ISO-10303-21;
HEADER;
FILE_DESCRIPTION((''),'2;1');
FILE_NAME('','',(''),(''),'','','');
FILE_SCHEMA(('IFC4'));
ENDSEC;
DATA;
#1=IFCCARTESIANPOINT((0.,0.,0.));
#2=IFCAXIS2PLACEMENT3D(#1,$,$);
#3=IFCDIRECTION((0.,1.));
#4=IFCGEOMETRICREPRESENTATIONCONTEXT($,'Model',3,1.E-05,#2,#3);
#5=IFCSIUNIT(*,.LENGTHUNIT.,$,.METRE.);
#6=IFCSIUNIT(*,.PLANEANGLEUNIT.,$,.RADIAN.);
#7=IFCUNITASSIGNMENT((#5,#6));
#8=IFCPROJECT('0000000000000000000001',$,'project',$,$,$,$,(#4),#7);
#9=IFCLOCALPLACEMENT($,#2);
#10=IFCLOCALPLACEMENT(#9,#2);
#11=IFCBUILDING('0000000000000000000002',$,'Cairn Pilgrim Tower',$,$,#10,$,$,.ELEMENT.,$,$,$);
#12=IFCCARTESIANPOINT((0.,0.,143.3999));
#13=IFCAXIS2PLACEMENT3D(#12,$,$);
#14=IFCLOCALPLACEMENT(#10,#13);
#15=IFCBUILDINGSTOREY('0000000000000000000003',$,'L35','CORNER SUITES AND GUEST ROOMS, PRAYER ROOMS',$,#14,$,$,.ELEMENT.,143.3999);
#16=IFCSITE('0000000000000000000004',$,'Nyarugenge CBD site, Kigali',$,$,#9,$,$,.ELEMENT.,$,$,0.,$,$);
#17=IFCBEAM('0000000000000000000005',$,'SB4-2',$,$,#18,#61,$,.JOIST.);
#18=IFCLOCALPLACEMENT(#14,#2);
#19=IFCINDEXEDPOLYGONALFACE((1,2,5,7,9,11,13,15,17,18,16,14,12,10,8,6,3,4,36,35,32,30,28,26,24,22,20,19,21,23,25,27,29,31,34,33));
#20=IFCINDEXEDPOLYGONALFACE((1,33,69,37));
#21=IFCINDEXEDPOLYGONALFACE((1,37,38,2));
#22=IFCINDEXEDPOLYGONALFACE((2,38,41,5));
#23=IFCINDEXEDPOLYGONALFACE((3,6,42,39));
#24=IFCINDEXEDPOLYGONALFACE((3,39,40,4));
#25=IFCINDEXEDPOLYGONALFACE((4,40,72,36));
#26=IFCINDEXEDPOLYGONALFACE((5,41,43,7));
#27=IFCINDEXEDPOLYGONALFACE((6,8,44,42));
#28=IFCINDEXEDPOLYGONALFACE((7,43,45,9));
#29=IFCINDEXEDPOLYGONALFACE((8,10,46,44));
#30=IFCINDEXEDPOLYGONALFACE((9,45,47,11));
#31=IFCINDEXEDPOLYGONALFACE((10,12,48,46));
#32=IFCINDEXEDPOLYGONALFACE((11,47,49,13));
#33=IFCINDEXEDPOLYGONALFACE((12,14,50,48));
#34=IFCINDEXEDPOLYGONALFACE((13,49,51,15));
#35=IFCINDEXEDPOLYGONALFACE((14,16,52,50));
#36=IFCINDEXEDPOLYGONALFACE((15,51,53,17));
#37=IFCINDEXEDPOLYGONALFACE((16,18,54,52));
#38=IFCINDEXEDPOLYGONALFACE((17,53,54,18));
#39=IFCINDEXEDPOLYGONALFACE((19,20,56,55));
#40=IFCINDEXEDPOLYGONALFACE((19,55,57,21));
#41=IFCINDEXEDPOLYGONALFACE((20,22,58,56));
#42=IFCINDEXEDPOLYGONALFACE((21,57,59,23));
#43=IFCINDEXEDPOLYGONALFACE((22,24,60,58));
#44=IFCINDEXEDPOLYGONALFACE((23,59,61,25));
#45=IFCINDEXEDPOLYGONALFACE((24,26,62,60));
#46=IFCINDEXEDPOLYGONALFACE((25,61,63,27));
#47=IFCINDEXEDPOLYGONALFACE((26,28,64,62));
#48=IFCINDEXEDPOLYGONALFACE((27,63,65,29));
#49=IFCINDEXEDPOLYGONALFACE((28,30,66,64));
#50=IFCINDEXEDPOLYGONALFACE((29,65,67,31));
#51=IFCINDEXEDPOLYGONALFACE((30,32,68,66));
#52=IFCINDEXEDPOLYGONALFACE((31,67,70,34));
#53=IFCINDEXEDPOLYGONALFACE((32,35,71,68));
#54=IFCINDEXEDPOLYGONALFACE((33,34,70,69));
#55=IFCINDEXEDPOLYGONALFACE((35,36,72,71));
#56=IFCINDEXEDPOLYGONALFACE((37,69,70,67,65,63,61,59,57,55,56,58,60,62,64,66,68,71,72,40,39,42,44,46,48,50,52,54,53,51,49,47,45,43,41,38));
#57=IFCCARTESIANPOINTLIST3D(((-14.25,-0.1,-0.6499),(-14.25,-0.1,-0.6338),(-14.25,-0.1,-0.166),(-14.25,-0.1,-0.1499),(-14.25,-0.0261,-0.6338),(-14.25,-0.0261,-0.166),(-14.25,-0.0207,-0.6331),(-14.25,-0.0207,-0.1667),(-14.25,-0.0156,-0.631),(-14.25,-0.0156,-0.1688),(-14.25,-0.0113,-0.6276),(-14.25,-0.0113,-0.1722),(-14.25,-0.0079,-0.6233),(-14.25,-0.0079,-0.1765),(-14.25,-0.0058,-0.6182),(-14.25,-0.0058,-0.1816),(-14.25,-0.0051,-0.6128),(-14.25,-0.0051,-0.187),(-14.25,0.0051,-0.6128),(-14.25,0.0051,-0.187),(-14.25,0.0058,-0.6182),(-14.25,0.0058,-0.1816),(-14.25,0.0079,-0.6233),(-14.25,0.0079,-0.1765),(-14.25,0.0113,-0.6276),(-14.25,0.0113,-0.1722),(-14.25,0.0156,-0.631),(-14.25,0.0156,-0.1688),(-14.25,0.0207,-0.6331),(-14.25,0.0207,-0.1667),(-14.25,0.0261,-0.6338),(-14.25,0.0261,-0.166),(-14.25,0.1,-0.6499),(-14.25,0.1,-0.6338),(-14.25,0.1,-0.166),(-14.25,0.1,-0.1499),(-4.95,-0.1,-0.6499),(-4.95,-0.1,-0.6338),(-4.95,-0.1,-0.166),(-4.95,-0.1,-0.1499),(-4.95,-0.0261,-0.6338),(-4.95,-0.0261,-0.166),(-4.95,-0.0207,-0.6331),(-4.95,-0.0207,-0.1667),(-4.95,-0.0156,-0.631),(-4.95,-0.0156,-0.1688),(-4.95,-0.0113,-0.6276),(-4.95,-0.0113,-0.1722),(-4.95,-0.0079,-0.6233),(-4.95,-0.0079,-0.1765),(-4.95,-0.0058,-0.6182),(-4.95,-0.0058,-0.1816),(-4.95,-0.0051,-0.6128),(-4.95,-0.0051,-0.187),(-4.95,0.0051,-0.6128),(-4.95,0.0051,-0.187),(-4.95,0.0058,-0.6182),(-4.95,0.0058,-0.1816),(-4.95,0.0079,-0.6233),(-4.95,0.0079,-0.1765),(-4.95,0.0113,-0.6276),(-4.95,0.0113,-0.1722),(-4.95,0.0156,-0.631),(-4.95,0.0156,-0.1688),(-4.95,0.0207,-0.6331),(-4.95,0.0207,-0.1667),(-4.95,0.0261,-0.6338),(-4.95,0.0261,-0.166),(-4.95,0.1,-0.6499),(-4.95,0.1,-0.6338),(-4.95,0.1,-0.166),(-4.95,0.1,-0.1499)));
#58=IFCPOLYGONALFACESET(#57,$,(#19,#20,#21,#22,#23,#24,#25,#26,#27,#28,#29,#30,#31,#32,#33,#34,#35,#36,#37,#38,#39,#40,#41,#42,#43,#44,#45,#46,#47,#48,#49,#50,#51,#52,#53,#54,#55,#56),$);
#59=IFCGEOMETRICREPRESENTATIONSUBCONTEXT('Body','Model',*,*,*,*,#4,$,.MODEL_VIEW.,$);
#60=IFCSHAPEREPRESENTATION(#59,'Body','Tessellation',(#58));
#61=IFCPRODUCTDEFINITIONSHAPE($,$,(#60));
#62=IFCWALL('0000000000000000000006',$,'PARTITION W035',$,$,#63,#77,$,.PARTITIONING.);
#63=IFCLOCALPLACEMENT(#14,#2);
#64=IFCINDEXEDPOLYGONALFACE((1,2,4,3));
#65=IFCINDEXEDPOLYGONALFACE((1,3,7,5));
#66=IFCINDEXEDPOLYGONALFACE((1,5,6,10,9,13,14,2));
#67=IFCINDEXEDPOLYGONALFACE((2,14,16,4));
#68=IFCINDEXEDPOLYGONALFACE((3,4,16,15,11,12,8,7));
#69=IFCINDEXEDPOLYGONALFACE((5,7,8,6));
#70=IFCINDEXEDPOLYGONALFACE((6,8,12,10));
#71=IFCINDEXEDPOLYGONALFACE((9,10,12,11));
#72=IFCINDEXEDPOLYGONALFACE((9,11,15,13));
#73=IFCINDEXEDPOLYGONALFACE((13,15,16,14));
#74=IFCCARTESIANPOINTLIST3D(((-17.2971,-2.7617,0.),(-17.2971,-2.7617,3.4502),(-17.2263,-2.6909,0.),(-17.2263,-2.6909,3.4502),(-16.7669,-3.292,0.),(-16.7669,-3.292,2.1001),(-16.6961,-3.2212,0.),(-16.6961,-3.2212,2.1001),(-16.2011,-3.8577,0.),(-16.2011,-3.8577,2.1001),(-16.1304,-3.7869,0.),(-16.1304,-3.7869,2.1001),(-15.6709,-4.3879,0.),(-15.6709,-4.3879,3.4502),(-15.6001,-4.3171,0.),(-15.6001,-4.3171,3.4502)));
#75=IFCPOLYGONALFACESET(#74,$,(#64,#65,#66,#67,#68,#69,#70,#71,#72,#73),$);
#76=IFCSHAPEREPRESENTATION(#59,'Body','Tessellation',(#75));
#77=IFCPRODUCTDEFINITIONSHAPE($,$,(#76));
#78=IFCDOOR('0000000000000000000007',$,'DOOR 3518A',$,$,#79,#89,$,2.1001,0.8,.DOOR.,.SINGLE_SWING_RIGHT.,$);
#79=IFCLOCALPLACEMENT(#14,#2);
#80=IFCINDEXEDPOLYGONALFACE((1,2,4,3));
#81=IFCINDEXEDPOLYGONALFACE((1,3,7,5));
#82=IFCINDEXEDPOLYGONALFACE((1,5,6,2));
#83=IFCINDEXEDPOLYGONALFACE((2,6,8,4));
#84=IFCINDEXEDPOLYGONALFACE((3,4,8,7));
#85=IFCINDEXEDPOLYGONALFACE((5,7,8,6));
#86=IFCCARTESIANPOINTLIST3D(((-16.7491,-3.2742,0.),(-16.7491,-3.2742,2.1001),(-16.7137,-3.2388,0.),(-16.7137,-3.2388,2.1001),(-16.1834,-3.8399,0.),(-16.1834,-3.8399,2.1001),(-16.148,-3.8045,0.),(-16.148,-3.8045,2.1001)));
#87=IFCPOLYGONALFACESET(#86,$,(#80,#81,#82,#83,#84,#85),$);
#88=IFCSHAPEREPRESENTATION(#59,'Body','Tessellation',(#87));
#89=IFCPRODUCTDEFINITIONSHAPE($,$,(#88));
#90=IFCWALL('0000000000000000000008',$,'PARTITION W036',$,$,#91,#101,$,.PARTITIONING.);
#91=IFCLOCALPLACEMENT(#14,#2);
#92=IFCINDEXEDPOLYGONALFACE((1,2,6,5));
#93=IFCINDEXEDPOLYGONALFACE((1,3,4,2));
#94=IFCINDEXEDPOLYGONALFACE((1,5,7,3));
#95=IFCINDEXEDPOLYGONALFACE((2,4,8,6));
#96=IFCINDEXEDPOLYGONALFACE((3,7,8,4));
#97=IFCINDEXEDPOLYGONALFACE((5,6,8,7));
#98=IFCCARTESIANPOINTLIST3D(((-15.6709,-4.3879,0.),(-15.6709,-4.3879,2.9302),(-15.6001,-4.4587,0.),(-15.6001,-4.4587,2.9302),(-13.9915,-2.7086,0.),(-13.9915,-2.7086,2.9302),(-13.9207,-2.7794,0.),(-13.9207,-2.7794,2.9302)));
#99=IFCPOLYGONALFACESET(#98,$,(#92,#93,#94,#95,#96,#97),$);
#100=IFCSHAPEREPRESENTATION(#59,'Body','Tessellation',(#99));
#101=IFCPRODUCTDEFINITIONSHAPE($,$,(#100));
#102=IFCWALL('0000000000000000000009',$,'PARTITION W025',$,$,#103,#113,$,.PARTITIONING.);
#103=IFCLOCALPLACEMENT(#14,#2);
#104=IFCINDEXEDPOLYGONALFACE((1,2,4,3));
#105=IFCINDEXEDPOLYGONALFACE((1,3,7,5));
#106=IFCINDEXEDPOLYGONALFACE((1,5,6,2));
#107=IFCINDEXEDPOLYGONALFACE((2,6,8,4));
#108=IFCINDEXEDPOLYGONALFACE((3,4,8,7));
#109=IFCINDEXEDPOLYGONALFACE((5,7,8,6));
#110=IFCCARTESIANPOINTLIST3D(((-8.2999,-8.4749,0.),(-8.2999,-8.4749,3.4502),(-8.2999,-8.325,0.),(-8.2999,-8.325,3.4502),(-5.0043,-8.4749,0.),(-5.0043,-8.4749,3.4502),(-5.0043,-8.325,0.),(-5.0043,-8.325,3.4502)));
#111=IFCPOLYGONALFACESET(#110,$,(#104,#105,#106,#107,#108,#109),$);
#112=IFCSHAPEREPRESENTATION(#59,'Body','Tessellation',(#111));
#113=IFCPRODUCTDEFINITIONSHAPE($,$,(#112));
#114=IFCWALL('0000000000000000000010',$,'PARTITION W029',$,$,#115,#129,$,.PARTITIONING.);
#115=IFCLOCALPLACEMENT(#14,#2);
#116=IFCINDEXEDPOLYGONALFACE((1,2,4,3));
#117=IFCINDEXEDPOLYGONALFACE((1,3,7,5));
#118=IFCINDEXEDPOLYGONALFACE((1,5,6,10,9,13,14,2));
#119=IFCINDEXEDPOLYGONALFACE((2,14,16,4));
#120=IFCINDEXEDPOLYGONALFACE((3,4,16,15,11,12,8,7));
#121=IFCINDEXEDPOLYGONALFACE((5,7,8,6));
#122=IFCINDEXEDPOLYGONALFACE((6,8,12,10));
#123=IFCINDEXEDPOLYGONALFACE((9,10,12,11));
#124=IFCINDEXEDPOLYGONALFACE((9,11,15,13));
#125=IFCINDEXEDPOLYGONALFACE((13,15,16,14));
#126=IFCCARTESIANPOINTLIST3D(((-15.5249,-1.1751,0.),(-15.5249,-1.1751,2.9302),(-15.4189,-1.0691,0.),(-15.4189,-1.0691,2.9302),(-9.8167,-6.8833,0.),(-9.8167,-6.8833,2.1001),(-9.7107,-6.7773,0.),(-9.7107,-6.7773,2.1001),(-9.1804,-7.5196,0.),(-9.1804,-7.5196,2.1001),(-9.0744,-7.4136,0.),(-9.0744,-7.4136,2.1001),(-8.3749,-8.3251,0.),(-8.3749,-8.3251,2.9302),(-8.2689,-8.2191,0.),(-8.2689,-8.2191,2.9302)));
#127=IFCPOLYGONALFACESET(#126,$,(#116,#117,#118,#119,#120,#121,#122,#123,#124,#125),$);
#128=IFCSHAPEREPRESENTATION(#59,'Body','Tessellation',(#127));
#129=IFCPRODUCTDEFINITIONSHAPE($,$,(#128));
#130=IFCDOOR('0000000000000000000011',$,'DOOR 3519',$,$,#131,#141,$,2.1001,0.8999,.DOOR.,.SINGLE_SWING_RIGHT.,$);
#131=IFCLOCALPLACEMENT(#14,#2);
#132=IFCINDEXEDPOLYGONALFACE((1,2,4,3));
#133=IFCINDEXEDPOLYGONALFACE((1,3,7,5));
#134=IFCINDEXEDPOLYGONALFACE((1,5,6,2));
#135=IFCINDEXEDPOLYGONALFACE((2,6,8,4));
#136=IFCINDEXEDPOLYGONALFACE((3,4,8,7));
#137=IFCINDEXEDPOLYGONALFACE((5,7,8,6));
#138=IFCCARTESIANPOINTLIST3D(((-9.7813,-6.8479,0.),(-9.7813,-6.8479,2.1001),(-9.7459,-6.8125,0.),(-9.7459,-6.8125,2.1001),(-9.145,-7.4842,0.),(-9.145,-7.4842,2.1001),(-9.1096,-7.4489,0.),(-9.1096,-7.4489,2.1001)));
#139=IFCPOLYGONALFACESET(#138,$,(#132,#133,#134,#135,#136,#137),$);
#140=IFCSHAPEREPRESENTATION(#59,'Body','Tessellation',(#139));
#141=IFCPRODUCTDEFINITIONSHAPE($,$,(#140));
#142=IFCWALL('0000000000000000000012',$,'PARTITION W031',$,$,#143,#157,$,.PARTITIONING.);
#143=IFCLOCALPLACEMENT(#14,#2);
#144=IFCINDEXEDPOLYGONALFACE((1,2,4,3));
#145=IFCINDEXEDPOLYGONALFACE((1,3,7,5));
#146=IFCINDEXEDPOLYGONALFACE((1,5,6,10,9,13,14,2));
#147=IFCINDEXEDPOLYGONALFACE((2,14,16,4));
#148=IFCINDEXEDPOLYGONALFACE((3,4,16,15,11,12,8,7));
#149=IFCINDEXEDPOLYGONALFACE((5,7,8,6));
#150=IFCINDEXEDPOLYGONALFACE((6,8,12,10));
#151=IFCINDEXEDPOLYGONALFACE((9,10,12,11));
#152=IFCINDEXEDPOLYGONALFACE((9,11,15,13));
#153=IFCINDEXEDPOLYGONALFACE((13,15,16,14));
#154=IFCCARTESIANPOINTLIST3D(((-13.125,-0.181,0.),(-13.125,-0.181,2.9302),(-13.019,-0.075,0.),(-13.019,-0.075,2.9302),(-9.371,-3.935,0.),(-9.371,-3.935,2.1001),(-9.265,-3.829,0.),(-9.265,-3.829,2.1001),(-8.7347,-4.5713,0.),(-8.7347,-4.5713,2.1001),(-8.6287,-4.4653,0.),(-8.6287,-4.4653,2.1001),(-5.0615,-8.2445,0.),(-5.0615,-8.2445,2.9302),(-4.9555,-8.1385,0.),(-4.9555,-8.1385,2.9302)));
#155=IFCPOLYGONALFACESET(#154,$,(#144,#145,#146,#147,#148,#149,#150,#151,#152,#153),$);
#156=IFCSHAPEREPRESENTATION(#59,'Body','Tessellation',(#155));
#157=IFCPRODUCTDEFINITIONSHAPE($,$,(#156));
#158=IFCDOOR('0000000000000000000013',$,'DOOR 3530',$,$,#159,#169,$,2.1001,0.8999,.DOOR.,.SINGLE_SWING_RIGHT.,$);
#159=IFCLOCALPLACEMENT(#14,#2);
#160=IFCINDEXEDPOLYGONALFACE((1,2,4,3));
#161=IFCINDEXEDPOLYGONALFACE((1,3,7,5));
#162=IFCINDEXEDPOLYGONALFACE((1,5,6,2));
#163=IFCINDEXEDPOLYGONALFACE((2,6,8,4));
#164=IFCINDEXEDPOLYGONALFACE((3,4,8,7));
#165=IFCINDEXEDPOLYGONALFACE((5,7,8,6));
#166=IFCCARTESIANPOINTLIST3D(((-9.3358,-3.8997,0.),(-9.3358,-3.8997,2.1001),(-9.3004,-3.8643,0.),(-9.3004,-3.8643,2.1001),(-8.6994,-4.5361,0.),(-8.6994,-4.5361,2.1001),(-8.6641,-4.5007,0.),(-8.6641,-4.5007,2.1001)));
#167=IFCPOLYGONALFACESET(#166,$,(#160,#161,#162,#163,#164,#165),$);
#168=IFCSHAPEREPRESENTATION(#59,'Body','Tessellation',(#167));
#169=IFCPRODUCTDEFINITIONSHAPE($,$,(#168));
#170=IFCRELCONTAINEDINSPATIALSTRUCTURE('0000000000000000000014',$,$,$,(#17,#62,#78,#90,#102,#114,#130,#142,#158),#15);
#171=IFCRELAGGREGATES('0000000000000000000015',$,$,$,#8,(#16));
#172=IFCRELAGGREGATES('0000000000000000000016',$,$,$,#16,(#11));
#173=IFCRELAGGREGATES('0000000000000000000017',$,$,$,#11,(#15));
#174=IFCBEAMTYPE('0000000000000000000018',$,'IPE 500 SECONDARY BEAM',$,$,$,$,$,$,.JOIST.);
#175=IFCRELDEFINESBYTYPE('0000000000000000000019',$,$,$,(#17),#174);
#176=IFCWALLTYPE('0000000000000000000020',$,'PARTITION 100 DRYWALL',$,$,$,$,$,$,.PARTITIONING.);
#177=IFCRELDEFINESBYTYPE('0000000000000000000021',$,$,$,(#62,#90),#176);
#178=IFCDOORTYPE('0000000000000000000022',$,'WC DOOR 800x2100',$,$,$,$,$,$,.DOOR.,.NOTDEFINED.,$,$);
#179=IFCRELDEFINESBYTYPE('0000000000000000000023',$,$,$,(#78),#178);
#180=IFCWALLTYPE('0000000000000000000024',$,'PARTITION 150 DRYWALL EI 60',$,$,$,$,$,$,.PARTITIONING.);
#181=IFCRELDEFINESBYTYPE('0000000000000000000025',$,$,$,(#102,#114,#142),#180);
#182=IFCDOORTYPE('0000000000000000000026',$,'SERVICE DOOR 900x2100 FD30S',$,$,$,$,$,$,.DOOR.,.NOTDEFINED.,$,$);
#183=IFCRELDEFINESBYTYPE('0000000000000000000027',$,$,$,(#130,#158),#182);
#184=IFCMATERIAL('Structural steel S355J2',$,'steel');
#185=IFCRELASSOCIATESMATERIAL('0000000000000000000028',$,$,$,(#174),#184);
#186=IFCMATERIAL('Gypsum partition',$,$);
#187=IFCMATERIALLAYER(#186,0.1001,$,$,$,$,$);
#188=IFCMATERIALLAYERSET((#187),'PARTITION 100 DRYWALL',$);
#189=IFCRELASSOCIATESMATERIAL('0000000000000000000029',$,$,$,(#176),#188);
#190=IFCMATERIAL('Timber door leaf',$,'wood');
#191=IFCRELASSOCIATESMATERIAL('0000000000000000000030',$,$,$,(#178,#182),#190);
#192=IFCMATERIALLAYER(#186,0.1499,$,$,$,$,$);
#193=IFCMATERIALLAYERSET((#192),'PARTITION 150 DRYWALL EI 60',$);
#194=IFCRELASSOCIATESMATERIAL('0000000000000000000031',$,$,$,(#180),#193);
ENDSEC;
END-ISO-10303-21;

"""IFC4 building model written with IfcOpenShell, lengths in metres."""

from ifc_helpers import new_model, si_unit, direction, frame, frame_2d, origin, origin_2d, place, context, subcontext, project, spatial, rectangle, i_section, extrude, material, layer, layer_set, material_profile, profile_set, type_object, element, fill, save


model = new_model("IFC4")

# Units and contexts
model_context = context("Model", 3, precision=1e-05, world=origin(), true_north=direction((0.0, 1.0)))
body_context = subcontext(model_context, "Body", "Model", "MODEL_VIEW")
ifc_project = project(units=[si_unit("LENGTHUNIT", "METRE"), si_unit("PLANEANGLEUNIT", "RADIAN")], contexts=[model_context])

# Site, building, storey
site_placement = place(None, origin())
site = spatial("IfcSite", under=ifc_project, at=site_placement, Name="Nyarugenge CBD site, Kigali", CompositionType="ELEMENT", RefElevation=0.0)
building_placement = place(site_placement, origin())
building = spatial("IfcBuilding", under=site, at=building_placement, Name="Cairn Pilgrim Tower", CompositionType="ELEMENT")
storey_placement = place(building_placement, frame((0.0, 0.0, 143.3999)))
storey = spatial("IfcBuildingStorey", under=building, at=storey_placement, Name="L35", Description="CORNER SUITES AND GUEST ROOMS, PRAYER ROOMS", CompositionType="ELEMENT", Elevation=143.3999)

# Shared definitions
ifc_material_1 = material(Name="Structural steel S355J2", Category="steel")

# Beam
ifc_material_profile_1 = material_profile(ifc_material_1, i_section(OverallWidth=0.2, OverallDepth=0.5, WebThickness=0.0103, FlangeThickness=0.0161, FilletRadius=0.021, at=origin_2d()), Name="IPE 500")
ifc_profile_set_1 = profile_set([ifc_material_profile_1], Name="Structural steel S355J2")
beam_type_1 = type_object("IfcBeamType", Name="IPE 500 SECONDARY BEAM", PredefinedType="JOIST", material=ifc_profile_set_1)
for number, where, z_axis, x_axis, name in (
    (1, (-14.25, 0.0, -0.3999), (1.0, 0.0, 0.0), (0.0, 1.0, 0.0), "SB4-2"),
):
    element("IfcBeam", number, at=place(storey_placement, frame(where, z_axis=z_axis, x_axis=x_axis)), inside=storey, type_object=beam_type_1, Name=name, PredefinedType="JOIST", context=body_context, shape_type="SweptSolid", body=[
        extrude(i_section(OverallWidth=0.2, OverallDepth=0.5, WebThickness=0.0103, FlangeThickness=0.0161, FilletRadius=0.021, at=origin_2d()), origin(), (0.0, 0.0, 1.0), 9.3),
    ])

# Wall, opening, door
ifc_material_2 = material(Name="Gypsum partition")
ifc_layer_1 = layer(ifc_material_2, 0.1001)
ifc_layer_set_1 = layer_set([ifc_layer_1], Name="PARTITION 100 DRYWALL")
wall_type_1 = type_object("IfcWallType", Name="PARTITION 100 DRYWALL", PredefinedType="PARTITIONING", material=ifc_layer_set_1)
wall_1_placement = place(storey_placement, frame((-15.6355, -4.3525, 0.0), z_axis=(0.0, 0.0, 1.0), x_axis=(-0.707107, 0.707107, 0.0)))
wall_1 = element("IfcWall", 2, at=wall_1_placement, inside=storey, type_object=wall_type_1, Name="PARTITION W035", PredefinedType="PARTITIONING", context=body_context, shape_type="SweptSolid", body=[
    extrude(rectangle(XDim=2.2998, YDim=0.1001, at=frame_2d((1.1499, 0.0))), origin(), (0.0, 0.0, 1.0), 3.4502),
])
opening_1_placement = place(wall_1_placement, frame((0.75, 0.0, 0.0)))
opening_1 = element("IfcOpeningElement", 3, at=opening_1_placement, cuts=wall_1, PredefinedType="OPENING", context=body_context, shape_type="SweptSolid", body=[
    extrude(rectangle(XDim=0.8, YDim=2.1001, at=frame_2d((0.3999, 1.05))), frame((0.0, 0.0601, 0.0), z_axis=(0.0, -1.0, 0.0), x_axis=(1.0, 0.0, 0.0)), (0.0, 0.0, 1.0), 0.1201),
])
ifc_material_3 = material(Name="Timber door leaf", Category="wood")
door_type_1 = type_object("IfcDoorType", Name="WC DOOR 800x2100", OperationType="NOTDEFINED", PredefinedType="DOOR", material=ifc_material_3)
door_1_placement = place(opening_1_placement, origin())
door_1 = element("IfcDoor", 4, at=door_1_placement, inside=storey, type_object=door_type_1, Name="DOOR 3518A", OperationType="SINGLE_SWING_RIGHT", OverallHeight=2.1001, OverallWidth=0.8, PredefinedType="DOOR", context=body_context, shape_type="SweptSolid", body=[
    extrude(rectangle(XDim=0.8, YDim=2.1001, at=frame_2d((0.3999, 1.05))), frame((0.0, 0.0249, 0.0), z_axis=(0.0, -1.0, 0.0), x_axis=(1.0, 0.0, 0.0)), (0.0, 0.0, 1.0), 0.05),
])
fill(opening_1, door_1)

# Walls
wall_2_placement = place(storey_placement, frame((-15.6355, -4.4233, 0.0), z_axis=(0.0, 0.0, 1.0), x_axis=(0.707107, 0.707107, 0.0)))
element("IfcWall", 5, at=wall_2_placement, inside=storey, type_object=wall_type_1, Name="PARTITION W036", PredefinedType="PARTITIONING", context=body_context, shape_type="SweptSolid", body=[
    extrude(rectangle(XDim=2.375, YDim=0.1001, at=frame_2d((1.1875, 0.0))), origin(), (0.0, 0.0, 1.0), 2.9302),
])
ifc_layer_2 = layer(ifc_material_2, 0.1499)
ifc_layer_set_2 = layer_set([ifc_layer_2], Name="PARTITION 150 DRYWALL EI 60")
wall_type_2 = type_object("IfcWallType", Name="PARTITION 150 DRYWALL EI 60", PredefinedType="PARTITIONING", material=ifc_layer_set_2)
wall_3_placement = place(storey_placement, frame((-8.3, -8.3999, 0.0), z_axis=(0.0, 0.0, 1.0), x_axis=(1.0, 0.0, 0.0)))
element("IfcWall", 6, at=wall_3_placement, inside=storey, type_object=wall_type_2, Name="PARTITION W025", PredefinedType="PARTITIONING", context=body_context, shape_type="SweptSolid", body=[
    extrude(rectangle(XDim=3.2957, YDim=0.1499, at=frame_2d((1.6479, 0.0))), origin(), (0.0, 0.0, 1.0), 3.4502),
])

# Walls, openings, doors
wall_4_placement = place(storey_placement, frame((-8.322, -8.272, 0.0), z_axis=(0.0, 0.0, 1.0), x_axis=(-0.707107, 0.707107, 0.0)))
wall_4 = element("IfcWall", 7, at=wall_4_placement, inside=storey, type_object=wall_type_2, Name="PARTITION W029", PredefinedType="PARTITIONING", context=body_context, shape_type="SweptSolid", body=[
    extrude(rectangle(XDim=10.1116, YDim=0.1499, at=frame_2d((5.0557, 0.0))), origin(), (0.0, 0.0, 1.0), 2.9302),
])
opening_2_placement = place(wall_4_placement, frame((1.1389, 0.0, 0.0)))
opening_2 = element("IfcOpeningElement", 8, at=opening_2_placement, cuts=wall_4, PredefinedType="OPENING", context=body_context, shape_type="SweptSolid", body=[
    extrude(rectangle(XDim=0.8999, YDim=2.1001, at=frame_2d((0.45, 1.05))), frame((0.0, 0.085, 0.0), z_axis=(0.0, -1.0, 0.0), x_axis=(1.0, 0.0, 0.0)), (0.0, 0.0, 1.0), 0.1699),
])
door_type_2 = type_object("IfcDoorType", Name="SERVICE DOOR 900x2100 FD30S", OperationType="NOTDEFINED", PredefinedType="DOOR", material=ifc_material_3)
door_2_placement = place(opening_2_placement, origin())
door_2 = element("IfcDoor", 9, at=door_2_placement, inside=storey, type_object=door_type_2, Name="DOOR 3519", OperationType="SINGLE_SWING_RIGHT", OverallHeight=2.1001, OverallWidth=0.8999, PredefinedType="DOOR", context=body_context, shape_type="SweptSolid", body=[
    extrude(rectangle(XDim=0.8999, YDim=2.1001, at=frame_2d((0.45, 1.05))), frame((0.0, 0.0249, 0.0), z_axis=(0.0, -1.0, 0.0), x_axis=(1.0, 0.0, 0.0)), (0.0, 0.0, 1.0), 0.05),
])
fill(opening_2, door_2)
wall_5_placement = place(storey_placement, frame((-5.0085, -8.1914, 0.0), z_axis=(0.0, 0.0, 1.0), x_axis=(-0.707107, 0.707107, 0.0)))
wall_5 = element("IfcWall", 10, at=wall_5_placement, inside=storey, type_object=wall_type_2, Name="PARTITION W031", PredefinedType="PARTITIONING", context=body_context, shape_type="SweptSolid", body=[
    extrude(rectangle(XDim=11.4036, YDim=0.1499, at=frame_2d((5.7017, 0.0))), origin(), (0.0, 0.0, 1.0), 2.9302),
])
opening_3_placement = place(wall_5_placement, frame((5.1946, 0.0, 0.0)))
opening_3 = element("IfcOpeningElement", 11, at=opening_3_placement, cuts=wall_5, PredefinedType="OPENING", context=body_context, shape_type="SweptSolid", body=[
    extrude(rectangle(XDim=0.8999, YDim=2.1001, at=frame_2d((0.45, 1.05))), frame((0.0, 0.085, 0.0), z_axis=(0.0, -1.0, 0.0), x_axis=(1.0, 0.0, 0.0)), (0.0, 0.0, 1.0), 0.1699),
])
door_3_placement = place(opening_3_placement, frame((0.8999, 0.0, 0.0), z_axis=(0.0, 0.0, 1.0), x_axis=(-1.0, 0.0, 0.0)))
door_3 = element("IfcDoor", 12, at=door_3_placement, inside=storey, type_object=door_type_2, Name="DOOR 3530", OperationType="SINGLE_SWING_RIGHT", OverallHeight=2.1001, OverallWidth=0.8999, PredefinedType="DOOR", context=body_context, shape_type="SweptSolid", body=[
    extrude(rectangle(XDim=0.8999, YDim=2.1001, at=frame_2d((0.45, 1.05))), frame((0.0, 0.0249, 0.0), z_axis=(0.0, -1.0, 0.0), x_axis=(1.0, 0.0, 0.0)), (0.0, 0.0, 1.0), 0.05),
])
fill(opening_3, door_3)

save(model, "model.ifc")
